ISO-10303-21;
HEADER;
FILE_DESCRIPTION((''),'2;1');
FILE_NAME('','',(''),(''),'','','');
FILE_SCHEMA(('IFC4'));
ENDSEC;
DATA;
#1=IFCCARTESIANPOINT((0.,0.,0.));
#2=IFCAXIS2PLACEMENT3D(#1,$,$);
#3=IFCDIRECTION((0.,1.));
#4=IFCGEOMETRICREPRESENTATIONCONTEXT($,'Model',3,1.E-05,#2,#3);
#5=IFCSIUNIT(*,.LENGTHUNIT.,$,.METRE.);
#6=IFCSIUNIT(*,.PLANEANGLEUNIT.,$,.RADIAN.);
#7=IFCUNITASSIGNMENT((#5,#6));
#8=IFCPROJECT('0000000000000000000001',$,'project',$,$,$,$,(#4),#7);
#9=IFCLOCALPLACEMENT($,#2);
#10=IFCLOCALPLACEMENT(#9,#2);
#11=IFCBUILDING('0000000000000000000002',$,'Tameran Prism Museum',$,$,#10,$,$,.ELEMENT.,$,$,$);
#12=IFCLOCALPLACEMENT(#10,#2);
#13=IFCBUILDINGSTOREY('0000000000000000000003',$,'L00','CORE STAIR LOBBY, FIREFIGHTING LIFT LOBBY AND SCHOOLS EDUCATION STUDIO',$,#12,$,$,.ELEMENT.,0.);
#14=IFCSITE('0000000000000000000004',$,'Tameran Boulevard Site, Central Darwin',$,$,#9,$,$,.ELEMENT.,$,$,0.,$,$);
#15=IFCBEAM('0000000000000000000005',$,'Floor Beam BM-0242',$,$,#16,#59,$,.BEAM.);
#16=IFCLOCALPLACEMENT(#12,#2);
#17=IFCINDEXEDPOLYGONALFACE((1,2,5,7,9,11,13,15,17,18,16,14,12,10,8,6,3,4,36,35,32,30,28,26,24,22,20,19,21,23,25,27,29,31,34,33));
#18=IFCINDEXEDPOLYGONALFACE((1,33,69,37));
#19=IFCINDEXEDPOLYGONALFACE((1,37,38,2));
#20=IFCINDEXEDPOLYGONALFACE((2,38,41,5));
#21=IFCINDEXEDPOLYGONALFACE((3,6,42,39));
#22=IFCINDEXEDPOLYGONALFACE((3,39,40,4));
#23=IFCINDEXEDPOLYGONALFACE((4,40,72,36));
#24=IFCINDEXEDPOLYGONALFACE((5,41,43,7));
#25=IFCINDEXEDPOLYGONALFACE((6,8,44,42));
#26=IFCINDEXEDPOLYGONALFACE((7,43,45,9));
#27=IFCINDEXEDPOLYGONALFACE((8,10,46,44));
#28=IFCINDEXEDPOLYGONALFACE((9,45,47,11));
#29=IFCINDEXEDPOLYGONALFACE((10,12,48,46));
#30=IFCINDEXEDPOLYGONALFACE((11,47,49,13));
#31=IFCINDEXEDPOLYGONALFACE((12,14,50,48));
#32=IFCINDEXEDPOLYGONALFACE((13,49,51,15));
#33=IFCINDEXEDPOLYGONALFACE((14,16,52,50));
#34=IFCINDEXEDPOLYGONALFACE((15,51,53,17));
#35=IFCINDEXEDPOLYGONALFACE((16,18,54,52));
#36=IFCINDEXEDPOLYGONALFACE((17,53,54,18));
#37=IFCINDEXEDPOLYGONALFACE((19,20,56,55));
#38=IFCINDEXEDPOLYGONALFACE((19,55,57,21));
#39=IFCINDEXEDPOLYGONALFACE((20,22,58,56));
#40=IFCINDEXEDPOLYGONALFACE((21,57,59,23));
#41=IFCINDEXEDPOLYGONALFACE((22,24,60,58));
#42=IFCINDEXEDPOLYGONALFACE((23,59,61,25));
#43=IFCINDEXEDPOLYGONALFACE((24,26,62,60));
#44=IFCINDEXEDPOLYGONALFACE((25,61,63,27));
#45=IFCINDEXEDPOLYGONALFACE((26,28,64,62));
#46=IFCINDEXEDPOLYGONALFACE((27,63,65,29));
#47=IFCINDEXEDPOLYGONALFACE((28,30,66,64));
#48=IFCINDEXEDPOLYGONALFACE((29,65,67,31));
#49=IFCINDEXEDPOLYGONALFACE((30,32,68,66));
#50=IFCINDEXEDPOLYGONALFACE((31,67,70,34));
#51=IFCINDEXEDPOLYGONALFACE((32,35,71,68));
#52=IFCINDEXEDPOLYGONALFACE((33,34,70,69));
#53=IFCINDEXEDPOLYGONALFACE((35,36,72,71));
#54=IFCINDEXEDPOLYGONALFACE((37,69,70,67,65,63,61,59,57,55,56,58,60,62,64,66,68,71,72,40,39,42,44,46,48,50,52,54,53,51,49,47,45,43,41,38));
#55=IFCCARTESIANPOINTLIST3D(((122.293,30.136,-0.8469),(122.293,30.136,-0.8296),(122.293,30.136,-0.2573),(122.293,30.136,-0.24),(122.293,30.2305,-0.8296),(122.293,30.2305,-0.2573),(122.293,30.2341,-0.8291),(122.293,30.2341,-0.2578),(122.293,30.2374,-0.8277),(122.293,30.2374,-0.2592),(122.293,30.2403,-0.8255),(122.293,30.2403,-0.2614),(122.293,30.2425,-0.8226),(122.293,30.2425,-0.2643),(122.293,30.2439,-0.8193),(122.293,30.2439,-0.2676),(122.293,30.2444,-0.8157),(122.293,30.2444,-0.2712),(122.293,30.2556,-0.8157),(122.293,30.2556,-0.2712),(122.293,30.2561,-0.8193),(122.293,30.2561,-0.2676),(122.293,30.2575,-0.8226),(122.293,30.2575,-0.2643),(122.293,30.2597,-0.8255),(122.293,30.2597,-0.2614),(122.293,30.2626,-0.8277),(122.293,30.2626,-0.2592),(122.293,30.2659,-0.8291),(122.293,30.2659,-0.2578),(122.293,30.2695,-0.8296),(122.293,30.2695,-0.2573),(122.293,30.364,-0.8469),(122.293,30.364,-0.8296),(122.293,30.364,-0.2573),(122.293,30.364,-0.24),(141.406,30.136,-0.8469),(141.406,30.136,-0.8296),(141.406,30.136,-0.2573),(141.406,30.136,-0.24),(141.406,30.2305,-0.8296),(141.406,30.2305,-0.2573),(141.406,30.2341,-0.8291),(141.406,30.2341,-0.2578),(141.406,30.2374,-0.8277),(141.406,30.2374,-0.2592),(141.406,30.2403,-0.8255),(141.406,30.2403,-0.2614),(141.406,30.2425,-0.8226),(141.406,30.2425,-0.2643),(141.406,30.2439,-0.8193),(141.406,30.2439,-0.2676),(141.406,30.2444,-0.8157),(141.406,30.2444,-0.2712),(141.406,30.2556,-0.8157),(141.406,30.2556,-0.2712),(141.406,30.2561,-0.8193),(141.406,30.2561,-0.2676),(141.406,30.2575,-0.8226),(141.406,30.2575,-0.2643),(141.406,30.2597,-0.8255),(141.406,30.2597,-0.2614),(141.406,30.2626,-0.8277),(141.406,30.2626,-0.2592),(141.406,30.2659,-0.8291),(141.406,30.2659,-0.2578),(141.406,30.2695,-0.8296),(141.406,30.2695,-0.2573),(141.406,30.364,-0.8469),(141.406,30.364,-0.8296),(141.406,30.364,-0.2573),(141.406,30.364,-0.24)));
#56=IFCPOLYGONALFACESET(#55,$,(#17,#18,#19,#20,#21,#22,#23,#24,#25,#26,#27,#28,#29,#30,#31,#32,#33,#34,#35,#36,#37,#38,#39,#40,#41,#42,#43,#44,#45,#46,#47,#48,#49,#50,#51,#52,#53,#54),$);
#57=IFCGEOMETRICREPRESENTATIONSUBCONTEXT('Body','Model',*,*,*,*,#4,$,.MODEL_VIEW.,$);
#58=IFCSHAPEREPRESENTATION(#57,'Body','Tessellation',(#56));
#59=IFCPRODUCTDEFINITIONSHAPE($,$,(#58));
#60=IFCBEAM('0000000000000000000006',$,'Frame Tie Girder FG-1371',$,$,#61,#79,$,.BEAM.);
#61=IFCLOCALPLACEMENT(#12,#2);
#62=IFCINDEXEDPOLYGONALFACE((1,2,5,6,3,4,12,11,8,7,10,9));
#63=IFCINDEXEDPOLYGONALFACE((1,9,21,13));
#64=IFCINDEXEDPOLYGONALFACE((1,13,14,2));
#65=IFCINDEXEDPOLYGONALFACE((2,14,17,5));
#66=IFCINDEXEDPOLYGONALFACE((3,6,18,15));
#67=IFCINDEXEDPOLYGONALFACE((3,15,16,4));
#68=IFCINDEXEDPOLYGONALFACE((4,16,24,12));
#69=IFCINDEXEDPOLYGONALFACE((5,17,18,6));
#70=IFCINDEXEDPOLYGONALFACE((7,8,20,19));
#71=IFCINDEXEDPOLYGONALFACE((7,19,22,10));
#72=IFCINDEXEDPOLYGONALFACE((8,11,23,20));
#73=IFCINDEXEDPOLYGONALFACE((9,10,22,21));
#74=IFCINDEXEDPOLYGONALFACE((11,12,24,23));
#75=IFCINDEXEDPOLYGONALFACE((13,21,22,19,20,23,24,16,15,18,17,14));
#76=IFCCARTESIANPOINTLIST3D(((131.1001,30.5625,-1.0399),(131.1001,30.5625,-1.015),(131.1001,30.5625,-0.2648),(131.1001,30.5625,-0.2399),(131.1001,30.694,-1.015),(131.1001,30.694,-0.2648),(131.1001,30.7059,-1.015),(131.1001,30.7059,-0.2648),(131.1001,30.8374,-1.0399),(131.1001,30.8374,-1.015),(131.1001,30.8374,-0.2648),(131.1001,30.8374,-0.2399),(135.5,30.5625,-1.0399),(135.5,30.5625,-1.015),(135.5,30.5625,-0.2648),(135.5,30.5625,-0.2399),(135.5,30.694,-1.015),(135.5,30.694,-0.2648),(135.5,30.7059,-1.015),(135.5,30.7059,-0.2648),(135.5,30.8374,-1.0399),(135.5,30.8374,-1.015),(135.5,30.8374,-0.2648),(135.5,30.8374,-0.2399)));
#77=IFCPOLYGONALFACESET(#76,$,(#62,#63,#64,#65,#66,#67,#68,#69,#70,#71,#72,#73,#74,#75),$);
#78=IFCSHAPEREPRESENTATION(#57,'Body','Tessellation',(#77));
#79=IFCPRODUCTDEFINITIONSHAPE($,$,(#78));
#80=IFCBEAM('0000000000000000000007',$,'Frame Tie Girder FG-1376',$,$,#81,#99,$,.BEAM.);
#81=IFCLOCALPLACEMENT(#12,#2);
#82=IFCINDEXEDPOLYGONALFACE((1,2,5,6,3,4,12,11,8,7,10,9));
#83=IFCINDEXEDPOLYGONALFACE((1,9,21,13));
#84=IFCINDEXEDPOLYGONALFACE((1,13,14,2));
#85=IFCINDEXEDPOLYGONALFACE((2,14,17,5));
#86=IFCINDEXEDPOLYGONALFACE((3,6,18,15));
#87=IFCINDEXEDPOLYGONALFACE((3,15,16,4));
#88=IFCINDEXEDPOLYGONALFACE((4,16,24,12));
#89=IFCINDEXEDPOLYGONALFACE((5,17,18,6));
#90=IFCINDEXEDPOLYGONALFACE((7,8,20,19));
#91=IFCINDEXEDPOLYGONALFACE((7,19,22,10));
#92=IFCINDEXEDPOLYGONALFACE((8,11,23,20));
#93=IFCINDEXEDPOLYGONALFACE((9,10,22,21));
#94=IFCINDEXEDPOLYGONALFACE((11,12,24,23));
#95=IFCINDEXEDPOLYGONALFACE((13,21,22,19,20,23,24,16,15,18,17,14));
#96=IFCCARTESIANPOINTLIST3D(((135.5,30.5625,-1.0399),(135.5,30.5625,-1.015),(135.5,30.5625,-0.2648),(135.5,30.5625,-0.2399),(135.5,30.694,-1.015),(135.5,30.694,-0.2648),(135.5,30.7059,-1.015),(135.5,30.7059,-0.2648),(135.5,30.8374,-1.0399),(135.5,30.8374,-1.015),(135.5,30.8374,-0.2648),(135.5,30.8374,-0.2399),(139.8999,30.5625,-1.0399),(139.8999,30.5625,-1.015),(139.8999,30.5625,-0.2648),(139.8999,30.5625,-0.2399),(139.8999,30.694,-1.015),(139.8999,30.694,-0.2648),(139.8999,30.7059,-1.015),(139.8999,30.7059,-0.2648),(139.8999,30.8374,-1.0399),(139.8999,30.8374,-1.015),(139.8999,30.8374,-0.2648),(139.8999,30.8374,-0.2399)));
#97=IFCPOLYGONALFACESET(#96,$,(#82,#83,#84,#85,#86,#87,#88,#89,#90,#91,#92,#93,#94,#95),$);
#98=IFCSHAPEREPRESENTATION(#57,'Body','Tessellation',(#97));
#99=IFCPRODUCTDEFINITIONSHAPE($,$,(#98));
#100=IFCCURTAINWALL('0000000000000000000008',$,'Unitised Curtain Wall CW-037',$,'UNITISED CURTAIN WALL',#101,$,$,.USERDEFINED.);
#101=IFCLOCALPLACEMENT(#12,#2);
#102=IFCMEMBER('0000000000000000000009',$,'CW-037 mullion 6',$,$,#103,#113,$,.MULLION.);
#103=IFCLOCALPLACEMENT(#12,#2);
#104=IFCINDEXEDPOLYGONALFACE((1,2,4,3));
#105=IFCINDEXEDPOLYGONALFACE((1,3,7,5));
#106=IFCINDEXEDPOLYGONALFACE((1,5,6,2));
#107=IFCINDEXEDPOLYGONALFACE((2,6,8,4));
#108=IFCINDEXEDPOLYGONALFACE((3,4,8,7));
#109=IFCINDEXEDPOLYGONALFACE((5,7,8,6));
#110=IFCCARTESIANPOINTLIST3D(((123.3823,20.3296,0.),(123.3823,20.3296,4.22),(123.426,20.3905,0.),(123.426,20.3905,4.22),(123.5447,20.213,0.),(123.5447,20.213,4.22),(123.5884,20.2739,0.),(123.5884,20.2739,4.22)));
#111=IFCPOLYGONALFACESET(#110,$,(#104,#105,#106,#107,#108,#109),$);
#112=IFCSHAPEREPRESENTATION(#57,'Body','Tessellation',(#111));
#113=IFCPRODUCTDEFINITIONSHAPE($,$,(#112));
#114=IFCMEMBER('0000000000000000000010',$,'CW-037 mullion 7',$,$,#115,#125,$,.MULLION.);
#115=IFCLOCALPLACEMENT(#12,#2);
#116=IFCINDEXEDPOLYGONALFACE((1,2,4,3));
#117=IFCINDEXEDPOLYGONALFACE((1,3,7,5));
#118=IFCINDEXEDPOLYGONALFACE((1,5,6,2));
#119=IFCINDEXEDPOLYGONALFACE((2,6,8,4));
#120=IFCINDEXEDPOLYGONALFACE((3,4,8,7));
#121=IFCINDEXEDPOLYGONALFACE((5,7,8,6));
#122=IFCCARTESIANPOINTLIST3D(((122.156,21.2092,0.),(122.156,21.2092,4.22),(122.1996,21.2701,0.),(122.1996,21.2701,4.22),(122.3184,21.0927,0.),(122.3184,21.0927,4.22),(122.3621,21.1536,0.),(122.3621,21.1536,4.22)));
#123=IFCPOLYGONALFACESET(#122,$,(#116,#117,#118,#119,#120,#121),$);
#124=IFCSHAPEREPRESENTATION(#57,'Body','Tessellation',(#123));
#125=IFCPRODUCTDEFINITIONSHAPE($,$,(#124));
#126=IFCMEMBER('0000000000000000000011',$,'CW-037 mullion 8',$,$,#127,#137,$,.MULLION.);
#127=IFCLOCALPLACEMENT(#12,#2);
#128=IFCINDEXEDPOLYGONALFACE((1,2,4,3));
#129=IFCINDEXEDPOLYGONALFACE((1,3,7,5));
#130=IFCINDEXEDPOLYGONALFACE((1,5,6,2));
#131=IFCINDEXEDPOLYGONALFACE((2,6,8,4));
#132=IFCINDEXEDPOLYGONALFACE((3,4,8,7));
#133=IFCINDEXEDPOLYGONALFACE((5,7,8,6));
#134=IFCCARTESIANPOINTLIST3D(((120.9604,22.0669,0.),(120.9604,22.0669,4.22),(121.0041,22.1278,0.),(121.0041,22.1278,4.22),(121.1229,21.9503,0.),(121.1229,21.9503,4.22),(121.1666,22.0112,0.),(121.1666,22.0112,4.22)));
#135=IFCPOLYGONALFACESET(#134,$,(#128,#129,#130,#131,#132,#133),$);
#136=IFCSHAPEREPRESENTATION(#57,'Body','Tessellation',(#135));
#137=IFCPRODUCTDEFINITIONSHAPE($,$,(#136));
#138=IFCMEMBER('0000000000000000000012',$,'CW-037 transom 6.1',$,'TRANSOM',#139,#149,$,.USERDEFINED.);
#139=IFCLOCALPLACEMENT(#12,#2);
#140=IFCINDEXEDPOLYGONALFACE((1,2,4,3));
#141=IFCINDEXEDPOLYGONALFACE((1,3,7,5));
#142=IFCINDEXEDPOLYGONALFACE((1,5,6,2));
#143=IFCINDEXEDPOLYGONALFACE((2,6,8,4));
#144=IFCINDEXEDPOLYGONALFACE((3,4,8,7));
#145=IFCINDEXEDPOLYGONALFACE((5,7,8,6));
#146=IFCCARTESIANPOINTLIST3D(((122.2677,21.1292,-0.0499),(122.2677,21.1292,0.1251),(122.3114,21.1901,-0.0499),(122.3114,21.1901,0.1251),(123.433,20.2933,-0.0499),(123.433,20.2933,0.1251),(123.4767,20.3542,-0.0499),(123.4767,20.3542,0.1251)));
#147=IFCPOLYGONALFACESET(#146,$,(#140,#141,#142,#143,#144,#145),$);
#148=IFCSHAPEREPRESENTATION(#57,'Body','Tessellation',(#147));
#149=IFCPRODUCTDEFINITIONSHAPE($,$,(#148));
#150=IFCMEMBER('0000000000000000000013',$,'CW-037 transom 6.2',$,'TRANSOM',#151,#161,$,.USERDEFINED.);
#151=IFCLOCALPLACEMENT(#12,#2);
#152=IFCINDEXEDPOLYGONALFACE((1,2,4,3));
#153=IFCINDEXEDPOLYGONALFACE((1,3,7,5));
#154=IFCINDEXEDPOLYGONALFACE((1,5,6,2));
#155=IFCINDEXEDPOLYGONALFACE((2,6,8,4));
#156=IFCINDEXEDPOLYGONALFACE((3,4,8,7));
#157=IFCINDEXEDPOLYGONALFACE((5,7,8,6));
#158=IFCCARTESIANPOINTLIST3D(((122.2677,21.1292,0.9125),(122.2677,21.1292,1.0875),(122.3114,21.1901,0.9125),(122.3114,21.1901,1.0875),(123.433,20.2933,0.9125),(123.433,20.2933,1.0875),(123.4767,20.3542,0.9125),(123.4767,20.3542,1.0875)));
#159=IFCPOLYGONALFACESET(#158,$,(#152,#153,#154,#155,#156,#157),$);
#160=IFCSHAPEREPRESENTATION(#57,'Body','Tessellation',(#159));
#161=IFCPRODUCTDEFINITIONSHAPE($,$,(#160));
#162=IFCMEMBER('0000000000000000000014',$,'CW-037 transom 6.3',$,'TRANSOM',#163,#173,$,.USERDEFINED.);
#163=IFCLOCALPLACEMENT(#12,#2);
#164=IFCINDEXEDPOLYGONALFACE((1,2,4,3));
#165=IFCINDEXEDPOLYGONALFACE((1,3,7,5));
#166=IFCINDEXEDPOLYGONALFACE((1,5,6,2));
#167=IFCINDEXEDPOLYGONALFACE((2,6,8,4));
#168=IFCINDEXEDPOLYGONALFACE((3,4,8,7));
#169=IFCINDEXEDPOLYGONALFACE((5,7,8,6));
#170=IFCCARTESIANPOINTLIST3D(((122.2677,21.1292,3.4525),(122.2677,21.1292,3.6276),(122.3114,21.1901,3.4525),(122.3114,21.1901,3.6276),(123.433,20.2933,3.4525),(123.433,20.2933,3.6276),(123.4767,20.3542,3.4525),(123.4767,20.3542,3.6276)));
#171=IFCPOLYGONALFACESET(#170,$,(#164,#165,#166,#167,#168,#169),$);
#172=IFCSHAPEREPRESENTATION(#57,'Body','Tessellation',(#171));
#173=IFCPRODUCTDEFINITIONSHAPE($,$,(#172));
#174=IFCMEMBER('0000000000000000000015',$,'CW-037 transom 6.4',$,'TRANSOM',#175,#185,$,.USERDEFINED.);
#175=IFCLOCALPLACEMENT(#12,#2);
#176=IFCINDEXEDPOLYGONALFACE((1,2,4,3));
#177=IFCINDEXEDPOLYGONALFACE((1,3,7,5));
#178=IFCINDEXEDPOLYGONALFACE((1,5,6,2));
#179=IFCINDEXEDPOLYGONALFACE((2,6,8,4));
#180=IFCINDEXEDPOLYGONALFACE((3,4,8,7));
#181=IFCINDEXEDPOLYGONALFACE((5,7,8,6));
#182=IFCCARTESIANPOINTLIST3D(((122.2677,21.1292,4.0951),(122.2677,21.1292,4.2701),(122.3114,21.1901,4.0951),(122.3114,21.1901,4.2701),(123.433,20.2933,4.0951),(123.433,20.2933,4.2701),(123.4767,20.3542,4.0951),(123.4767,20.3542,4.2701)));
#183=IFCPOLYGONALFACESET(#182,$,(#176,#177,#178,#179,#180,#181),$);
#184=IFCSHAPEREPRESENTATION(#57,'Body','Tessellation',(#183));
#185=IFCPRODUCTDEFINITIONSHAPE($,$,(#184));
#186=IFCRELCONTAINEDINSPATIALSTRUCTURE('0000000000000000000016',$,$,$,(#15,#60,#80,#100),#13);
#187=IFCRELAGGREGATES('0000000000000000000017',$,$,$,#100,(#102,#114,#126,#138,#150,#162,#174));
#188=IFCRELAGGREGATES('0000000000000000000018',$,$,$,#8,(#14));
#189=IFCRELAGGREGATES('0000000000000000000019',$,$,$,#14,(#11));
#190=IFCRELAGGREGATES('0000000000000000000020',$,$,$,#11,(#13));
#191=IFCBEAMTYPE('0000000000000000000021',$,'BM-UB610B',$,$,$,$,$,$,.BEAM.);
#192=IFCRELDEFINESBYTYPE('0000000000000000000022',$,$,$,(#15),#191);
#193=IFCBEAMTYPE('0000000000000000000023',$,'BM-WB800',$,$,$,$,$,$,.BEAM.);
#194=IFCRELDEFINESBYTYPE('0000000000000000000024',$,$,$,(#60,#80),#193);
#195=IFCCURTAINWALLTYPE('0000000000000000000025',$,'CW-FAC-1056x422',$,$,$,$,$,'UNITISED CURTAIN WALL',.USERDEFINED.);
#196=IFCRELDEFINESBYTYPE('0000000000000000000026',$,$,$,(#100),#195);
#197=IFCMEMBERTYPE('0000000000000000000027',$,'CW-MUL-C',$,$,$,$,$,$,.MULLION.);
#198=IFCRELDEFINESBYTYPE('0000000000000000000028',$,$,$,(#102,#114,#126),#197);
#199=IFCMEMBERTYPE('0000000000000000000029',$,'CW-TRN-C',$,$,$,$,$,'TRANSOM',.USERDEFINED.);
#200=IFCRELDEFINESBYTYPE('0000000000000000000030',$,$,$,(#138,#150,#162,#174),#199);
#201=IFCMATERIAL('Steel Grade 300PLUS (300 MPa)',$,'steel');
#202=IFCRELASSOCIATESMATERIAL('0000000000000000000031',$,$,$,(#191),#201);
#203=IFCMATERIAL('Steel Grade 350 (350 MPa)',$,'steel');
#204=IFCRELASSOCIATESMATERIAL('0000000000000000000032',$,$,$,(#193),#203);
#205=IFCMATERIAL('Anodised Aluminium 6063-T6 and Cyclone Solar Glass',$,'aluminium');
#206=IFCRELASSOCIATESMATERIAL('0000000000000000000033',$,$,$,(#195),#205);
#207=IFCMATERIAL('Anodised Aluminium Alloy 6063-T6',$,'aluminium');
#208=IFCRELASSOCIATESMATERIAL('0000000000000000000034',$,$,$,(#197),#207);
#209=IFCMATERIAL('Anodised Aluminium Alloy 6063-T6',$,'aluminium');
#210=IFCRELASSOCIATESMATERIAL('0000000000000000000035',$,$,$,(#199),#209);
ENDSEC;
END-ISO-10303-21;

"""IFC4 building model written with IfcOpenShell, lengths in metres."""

from ifc_helpers import new_model, si_unit, direction, frame, origin, origin_2d, place, context, subcontext, project, spatial, rectangle, i_section, extrude, material, material_profile, profile_set, type_object, element, aggregate, save


model = new_model("IFC4")

# Units and contexts
model_context = context("Model", 3, precision=1e-05, world=origin(), true_north=direction((0.0, 1.0)))
body_context = subcontext(model_context, "Body", "Model", "MODEL_VIEW")
ifc_project = project(units=[si_unit("LENGTHUNIT", "METRE"), si_unit("PLANEANGLEUNIT", "RADIAN")], contexts=[model_context])

# Site, building, storey
site_placement = place(None, origin())
site = spatial("IfcSite", under=ifc_project, at=site_placement, Name="Tameran Boulevard Site, Central Darwin", CompositionType="ELEMENT", RefElevation=0.0)
building_placement = place(site_placement, origin())
building = spatial("IfcBuilding", under=site, at=building_placement, Name="Tameran Prism Museum", CompositionType="ELEMENT")
storey_placement = place(building_placement, origin())
storey = spatial("IfcBuildingStorey", under=building, at=storey_placement, Name="L00", Description="CORE STAIR LOBBY, FIREFIGHTING LIFT LOBBY AND SCHOOLS EDUCATION STUDIO", CompositionType="ELEMENT", Elevation=0.0)

# Beams
ifc_material_1 = material(Name="Steel Grade 300PLUS (300 MPa)", Category="steel")
ifc_material_profile_1 = material_profile(ifc_material_1, i_section(OverallWidth=0.228, OverallDepth=0.6069, WebThickness=0.0112, FlangeThickness=0.0173, FilletRadius=0.0139, at=origin_2d()))
ifc_profile_set_1 = profile_set([ifc_material_profile_1])
beam_type_1 = type_object("IfcBeamType", Name="BM-UB610B", PredefinedType="BEAM", material=ifc_profile_set_1)
beam_1_placement = place(storey_placement, frame((122.293, 30.25, -0.5435), z_axis=(1.0, 0.0, 0.0), x_axis=(0.0, 1.0, 0.0)))
element("IfcBeam", 1, at=beam_1_placement, inside=storey, type_object=beam_type_1, Name="Floor Beam BM-0242", PredefinedType="BEAM", context=body_context, shape_type="SweptSolid", body=[
    extrude(i_section(OverallWidth=0.228, OverallDepth=0.6069, WebThickness=0.0112, FlangeThickness=0.0173, FilletRadius=0.0139, at=origin_2d()), origin(), (0.0, 0.0, 1.0), 19.113),
])
ifc_material_2 = material(Name="Steel Grade 350 (350 MPa)", Category="steel")
ifc_material_profile_2 = material_profile(ifc_material_2, i_section(OverallWidth=0.2749, OverallDepth=0.8, WebThickness=0.012, FlangeThickness=0.0249, at=origin_2d()))
ifc_profile_set_2 = profile_set([ifc_material_profile_2])
beam_type_2 = type_object("IfcBeamType", Name="BM-WB800", PredefinedType="BEAM", material=ifc_profile_set_2)
for number, where, z_axis, x_axis, name in (
    (2, (131.1001, 30.7, -0.6399), (1.0, 0.0, 0.0), (0.0, 1.0, 0.0), "Frame Tie Girder FG-1371"),
    (3, (135.5, 30.7, -0.6399), (1.0, 0.0, 0.0), (0.0, 1.0, 0.0), "Frame Tie Girder FG-1376"),
):
    element("IfcBeam", number, at=place(storey_placement, frame(where, z_axis=z_axis, x_axis=x_axis)), inside=storey, type_object=beam_type_2, Name=name, PredefinedType="BEAM", context=body_context, shape_type="SweptSolid", body=[
        extrude(i_section(OverallWidth=0.2749, OverallDepth=0.8, WebThickness=0.012, FlangeThickness=0.0249, at=origin_2d()), origin(), (0.0, 0.0, 1.0), 4.3999),
    ])

# Curtain wall, members
ifc_material_3 = material(Name="Anodised Aluminium 6063-T6 and Cyclone Solar Glass", Category="aluminium")
curtain_wall_type = type_object("IfcCurtainWallType", Name="CW-FAC-1056x422", ElementType="UNITISED CURTAIN WALL", PredefinedType="USERDEFINED", material=ifc_material_3)
curtain_wall_placement = place(storey_placement, origin())
curtain_wall = element("IfcCurtainWall", 4, at=curtain_wall_placement, inside=storey, type_object=curtain_wall_type, Name="Unitised Curtain Wall CW-037", ObjectType="UNITISED CURTAIN WALL", PredefinedType="USERDEFINED")
ifc_material_4 = material(Name="Anodised Aluminium Alloy 6063-T6", Category="aluminium")
ifc_material_profile_3 = material_profile(ifc_material_4, rectangle(XDim=0.075, YDim=0.2, at=origin_2d()))
ifc_profile_set_3 = profile_set([ifc_material_profile_3])
member_type_1 = type_object("IfcMemberType", Name="CW-MUL-C", PredefinedType="MULLION", material=ifc_profile_set_3)
member_1_placement = place(storey_placement, frame((123.4854, 20.3018, 0.0), z_axis=(0.0, 0.0, 1.0), x_axis=(-0.582885, -0.812555, 0.0)))
member_1 = element("IfcMember", 5, at=member_1_placement, type_object=member_type_1, Name="CW-037 mullion 6", PredefinedType="MULLION", context=body_context, shape_type="SweptSolid", body=[
    extrude(rectangle(XDim=0.075, YDim=0.2, at=origin_2d()), origin(), (0.0, 0.0, 1.0), 4.22),
])
member_2_placement = place(storey_placement, frame((122.259, 21.1814, 0.0), z_axis=(0.0, 0.0, 1.0), x_axis=(-0.582885, -0.812555, 0.0)))
member_2 = element("IfcMember", 6, at=member_2_placement, type_object=member_type_1, Name="CW-037 mullion 7", PredefinedType="MULLION", context=body_context, shape_type="SweptSolid", body=[
    extrude(rectangle(XDim=0.075, YDim=0.2, at=origin_2d()), origin(), (0.0, 0.0, 1.0), 4.22),
])
member_3_placement = place(storey_placement, frame((121.0635, 22.0391, 0.0), z_axis=(0.0, 0.0, 1.0), x_axis=(-0.582885, -0.812555, 0.0)))
member_3 = element("IfcMember", 7, at=member_3_placement, type_object=member_type_1, Name="CW-037 mullion 8", PredefinedType="MULLION", context=body_context, shape_type="SweptSolid", body=[
    extrude(rectangle(XDim=0.075, YDim=0.2, at=origin_2d()), origin(), (0.0, 0.0, 1.0), 4.22),
])
ifc_material_5 = material(Name="Anodised Aluminium Alloy 6063-T6", Category="aluminium")
ifc_material_profile_4 = material_profile(ifc_material_5, rectangle(XDim=0.075, YDim=0.175, at=origin_2d()))
ifc_profile_set_4 = profile_set([ifc_material_profile_4])
member_type_2 = type_object("IfcMemberType", Name="CW-TRN-C", ElementType="TRANSOM", PredefinedType="USERDEFINED", material=ifc_profile_set_4)
member_4_placement = place(storey_placement, frame((123.4548, 20.3237, 0.0376), z_axis=(-0.812547, 0.582896, 0.0), x_axis=(-0.582896, -0.812547, 0.0)))
member_4 = element("IfcMember", 8, at=member_4_placement, type_object=member_type_2, Name="CW-037 transom 6.1", ObjectType="TRANSOM", PredefinedType="USERDEFINED", context=body_context, shape_type="SweptSolid", body=[
    extrude(rectangle(XDim=0.075, YDim=0.175, at=origin_2d()), origin(), (0.0, 0.0, 1.0), 1.4341),
])
member_5_placement = place(storey_placement, frame((123.4548, 20.3237, 1.0), z_axis=(-0.812547, 0.582896, 0.0), x_axis=(-0.582896, -0.812547, 0.0)))
member_5 = element("IfcMember", 9, at=member_5_placement, type_object=member_type_2, Name="CW-037 transom 6.2", ObjectType="TRANSOM", PredefinedType="USERDEFINED", context=body_context, shape_type="SweptSolid", body=[
    extrude(rectangle(XDim=0.075, YDim=0.175, at=origin_2d()), origin(), (0.0, 0.0, 1.0), 1.4341),
])
member_6_placement = place(storey_placement, frame((123.4548, 20.3237, 3.54), z_axis=(-0.812547, 0.582896, 0.0), x_axis=(-0.582896, -0.812547, 0.0)))
member_6 = element("IfcMember", 10, at=member_6_placement, type_object=member_type_2, Name="CW-037 transom 6.3", ObjectType="TRANSOM", PredefinedType="USERDEFINED", context=body_context, shape_type="SweptSolid", body=[
    extrude(rectangle(XDim=0.075, YDim=0.175, at=origin_2d()), origin(), (0.0, 0.0, 1.0), 1.4341),
])
member_7_placement = place(storey_placement, frame((123.4548, 20.3237, 4.1826), z_axis=(-0.812547, 0.582896, 0.0), x_axis=(-0.582896, -0.812547, 0.0)))
member_7 = element("IfcMember", 11, at=member_7_placement, type_object=member_type_2, Name="CW-037 transom 6.4", ObjectType="TRANSOM", PredefinedType="USERDEFINED", context=body_context, shape_type="SweptSolid", body=[
    extrude(rectangle(XDim=0.075, YDim=0.175, at=origin_2d()), origin(), (0.0, 0.0, 1.0), 1.4341),
])
aggregate(curtain_wall, [member_1, member_2, member_3, member_4, member_5, member_6, member_7])

save(model, "model.ifc")
